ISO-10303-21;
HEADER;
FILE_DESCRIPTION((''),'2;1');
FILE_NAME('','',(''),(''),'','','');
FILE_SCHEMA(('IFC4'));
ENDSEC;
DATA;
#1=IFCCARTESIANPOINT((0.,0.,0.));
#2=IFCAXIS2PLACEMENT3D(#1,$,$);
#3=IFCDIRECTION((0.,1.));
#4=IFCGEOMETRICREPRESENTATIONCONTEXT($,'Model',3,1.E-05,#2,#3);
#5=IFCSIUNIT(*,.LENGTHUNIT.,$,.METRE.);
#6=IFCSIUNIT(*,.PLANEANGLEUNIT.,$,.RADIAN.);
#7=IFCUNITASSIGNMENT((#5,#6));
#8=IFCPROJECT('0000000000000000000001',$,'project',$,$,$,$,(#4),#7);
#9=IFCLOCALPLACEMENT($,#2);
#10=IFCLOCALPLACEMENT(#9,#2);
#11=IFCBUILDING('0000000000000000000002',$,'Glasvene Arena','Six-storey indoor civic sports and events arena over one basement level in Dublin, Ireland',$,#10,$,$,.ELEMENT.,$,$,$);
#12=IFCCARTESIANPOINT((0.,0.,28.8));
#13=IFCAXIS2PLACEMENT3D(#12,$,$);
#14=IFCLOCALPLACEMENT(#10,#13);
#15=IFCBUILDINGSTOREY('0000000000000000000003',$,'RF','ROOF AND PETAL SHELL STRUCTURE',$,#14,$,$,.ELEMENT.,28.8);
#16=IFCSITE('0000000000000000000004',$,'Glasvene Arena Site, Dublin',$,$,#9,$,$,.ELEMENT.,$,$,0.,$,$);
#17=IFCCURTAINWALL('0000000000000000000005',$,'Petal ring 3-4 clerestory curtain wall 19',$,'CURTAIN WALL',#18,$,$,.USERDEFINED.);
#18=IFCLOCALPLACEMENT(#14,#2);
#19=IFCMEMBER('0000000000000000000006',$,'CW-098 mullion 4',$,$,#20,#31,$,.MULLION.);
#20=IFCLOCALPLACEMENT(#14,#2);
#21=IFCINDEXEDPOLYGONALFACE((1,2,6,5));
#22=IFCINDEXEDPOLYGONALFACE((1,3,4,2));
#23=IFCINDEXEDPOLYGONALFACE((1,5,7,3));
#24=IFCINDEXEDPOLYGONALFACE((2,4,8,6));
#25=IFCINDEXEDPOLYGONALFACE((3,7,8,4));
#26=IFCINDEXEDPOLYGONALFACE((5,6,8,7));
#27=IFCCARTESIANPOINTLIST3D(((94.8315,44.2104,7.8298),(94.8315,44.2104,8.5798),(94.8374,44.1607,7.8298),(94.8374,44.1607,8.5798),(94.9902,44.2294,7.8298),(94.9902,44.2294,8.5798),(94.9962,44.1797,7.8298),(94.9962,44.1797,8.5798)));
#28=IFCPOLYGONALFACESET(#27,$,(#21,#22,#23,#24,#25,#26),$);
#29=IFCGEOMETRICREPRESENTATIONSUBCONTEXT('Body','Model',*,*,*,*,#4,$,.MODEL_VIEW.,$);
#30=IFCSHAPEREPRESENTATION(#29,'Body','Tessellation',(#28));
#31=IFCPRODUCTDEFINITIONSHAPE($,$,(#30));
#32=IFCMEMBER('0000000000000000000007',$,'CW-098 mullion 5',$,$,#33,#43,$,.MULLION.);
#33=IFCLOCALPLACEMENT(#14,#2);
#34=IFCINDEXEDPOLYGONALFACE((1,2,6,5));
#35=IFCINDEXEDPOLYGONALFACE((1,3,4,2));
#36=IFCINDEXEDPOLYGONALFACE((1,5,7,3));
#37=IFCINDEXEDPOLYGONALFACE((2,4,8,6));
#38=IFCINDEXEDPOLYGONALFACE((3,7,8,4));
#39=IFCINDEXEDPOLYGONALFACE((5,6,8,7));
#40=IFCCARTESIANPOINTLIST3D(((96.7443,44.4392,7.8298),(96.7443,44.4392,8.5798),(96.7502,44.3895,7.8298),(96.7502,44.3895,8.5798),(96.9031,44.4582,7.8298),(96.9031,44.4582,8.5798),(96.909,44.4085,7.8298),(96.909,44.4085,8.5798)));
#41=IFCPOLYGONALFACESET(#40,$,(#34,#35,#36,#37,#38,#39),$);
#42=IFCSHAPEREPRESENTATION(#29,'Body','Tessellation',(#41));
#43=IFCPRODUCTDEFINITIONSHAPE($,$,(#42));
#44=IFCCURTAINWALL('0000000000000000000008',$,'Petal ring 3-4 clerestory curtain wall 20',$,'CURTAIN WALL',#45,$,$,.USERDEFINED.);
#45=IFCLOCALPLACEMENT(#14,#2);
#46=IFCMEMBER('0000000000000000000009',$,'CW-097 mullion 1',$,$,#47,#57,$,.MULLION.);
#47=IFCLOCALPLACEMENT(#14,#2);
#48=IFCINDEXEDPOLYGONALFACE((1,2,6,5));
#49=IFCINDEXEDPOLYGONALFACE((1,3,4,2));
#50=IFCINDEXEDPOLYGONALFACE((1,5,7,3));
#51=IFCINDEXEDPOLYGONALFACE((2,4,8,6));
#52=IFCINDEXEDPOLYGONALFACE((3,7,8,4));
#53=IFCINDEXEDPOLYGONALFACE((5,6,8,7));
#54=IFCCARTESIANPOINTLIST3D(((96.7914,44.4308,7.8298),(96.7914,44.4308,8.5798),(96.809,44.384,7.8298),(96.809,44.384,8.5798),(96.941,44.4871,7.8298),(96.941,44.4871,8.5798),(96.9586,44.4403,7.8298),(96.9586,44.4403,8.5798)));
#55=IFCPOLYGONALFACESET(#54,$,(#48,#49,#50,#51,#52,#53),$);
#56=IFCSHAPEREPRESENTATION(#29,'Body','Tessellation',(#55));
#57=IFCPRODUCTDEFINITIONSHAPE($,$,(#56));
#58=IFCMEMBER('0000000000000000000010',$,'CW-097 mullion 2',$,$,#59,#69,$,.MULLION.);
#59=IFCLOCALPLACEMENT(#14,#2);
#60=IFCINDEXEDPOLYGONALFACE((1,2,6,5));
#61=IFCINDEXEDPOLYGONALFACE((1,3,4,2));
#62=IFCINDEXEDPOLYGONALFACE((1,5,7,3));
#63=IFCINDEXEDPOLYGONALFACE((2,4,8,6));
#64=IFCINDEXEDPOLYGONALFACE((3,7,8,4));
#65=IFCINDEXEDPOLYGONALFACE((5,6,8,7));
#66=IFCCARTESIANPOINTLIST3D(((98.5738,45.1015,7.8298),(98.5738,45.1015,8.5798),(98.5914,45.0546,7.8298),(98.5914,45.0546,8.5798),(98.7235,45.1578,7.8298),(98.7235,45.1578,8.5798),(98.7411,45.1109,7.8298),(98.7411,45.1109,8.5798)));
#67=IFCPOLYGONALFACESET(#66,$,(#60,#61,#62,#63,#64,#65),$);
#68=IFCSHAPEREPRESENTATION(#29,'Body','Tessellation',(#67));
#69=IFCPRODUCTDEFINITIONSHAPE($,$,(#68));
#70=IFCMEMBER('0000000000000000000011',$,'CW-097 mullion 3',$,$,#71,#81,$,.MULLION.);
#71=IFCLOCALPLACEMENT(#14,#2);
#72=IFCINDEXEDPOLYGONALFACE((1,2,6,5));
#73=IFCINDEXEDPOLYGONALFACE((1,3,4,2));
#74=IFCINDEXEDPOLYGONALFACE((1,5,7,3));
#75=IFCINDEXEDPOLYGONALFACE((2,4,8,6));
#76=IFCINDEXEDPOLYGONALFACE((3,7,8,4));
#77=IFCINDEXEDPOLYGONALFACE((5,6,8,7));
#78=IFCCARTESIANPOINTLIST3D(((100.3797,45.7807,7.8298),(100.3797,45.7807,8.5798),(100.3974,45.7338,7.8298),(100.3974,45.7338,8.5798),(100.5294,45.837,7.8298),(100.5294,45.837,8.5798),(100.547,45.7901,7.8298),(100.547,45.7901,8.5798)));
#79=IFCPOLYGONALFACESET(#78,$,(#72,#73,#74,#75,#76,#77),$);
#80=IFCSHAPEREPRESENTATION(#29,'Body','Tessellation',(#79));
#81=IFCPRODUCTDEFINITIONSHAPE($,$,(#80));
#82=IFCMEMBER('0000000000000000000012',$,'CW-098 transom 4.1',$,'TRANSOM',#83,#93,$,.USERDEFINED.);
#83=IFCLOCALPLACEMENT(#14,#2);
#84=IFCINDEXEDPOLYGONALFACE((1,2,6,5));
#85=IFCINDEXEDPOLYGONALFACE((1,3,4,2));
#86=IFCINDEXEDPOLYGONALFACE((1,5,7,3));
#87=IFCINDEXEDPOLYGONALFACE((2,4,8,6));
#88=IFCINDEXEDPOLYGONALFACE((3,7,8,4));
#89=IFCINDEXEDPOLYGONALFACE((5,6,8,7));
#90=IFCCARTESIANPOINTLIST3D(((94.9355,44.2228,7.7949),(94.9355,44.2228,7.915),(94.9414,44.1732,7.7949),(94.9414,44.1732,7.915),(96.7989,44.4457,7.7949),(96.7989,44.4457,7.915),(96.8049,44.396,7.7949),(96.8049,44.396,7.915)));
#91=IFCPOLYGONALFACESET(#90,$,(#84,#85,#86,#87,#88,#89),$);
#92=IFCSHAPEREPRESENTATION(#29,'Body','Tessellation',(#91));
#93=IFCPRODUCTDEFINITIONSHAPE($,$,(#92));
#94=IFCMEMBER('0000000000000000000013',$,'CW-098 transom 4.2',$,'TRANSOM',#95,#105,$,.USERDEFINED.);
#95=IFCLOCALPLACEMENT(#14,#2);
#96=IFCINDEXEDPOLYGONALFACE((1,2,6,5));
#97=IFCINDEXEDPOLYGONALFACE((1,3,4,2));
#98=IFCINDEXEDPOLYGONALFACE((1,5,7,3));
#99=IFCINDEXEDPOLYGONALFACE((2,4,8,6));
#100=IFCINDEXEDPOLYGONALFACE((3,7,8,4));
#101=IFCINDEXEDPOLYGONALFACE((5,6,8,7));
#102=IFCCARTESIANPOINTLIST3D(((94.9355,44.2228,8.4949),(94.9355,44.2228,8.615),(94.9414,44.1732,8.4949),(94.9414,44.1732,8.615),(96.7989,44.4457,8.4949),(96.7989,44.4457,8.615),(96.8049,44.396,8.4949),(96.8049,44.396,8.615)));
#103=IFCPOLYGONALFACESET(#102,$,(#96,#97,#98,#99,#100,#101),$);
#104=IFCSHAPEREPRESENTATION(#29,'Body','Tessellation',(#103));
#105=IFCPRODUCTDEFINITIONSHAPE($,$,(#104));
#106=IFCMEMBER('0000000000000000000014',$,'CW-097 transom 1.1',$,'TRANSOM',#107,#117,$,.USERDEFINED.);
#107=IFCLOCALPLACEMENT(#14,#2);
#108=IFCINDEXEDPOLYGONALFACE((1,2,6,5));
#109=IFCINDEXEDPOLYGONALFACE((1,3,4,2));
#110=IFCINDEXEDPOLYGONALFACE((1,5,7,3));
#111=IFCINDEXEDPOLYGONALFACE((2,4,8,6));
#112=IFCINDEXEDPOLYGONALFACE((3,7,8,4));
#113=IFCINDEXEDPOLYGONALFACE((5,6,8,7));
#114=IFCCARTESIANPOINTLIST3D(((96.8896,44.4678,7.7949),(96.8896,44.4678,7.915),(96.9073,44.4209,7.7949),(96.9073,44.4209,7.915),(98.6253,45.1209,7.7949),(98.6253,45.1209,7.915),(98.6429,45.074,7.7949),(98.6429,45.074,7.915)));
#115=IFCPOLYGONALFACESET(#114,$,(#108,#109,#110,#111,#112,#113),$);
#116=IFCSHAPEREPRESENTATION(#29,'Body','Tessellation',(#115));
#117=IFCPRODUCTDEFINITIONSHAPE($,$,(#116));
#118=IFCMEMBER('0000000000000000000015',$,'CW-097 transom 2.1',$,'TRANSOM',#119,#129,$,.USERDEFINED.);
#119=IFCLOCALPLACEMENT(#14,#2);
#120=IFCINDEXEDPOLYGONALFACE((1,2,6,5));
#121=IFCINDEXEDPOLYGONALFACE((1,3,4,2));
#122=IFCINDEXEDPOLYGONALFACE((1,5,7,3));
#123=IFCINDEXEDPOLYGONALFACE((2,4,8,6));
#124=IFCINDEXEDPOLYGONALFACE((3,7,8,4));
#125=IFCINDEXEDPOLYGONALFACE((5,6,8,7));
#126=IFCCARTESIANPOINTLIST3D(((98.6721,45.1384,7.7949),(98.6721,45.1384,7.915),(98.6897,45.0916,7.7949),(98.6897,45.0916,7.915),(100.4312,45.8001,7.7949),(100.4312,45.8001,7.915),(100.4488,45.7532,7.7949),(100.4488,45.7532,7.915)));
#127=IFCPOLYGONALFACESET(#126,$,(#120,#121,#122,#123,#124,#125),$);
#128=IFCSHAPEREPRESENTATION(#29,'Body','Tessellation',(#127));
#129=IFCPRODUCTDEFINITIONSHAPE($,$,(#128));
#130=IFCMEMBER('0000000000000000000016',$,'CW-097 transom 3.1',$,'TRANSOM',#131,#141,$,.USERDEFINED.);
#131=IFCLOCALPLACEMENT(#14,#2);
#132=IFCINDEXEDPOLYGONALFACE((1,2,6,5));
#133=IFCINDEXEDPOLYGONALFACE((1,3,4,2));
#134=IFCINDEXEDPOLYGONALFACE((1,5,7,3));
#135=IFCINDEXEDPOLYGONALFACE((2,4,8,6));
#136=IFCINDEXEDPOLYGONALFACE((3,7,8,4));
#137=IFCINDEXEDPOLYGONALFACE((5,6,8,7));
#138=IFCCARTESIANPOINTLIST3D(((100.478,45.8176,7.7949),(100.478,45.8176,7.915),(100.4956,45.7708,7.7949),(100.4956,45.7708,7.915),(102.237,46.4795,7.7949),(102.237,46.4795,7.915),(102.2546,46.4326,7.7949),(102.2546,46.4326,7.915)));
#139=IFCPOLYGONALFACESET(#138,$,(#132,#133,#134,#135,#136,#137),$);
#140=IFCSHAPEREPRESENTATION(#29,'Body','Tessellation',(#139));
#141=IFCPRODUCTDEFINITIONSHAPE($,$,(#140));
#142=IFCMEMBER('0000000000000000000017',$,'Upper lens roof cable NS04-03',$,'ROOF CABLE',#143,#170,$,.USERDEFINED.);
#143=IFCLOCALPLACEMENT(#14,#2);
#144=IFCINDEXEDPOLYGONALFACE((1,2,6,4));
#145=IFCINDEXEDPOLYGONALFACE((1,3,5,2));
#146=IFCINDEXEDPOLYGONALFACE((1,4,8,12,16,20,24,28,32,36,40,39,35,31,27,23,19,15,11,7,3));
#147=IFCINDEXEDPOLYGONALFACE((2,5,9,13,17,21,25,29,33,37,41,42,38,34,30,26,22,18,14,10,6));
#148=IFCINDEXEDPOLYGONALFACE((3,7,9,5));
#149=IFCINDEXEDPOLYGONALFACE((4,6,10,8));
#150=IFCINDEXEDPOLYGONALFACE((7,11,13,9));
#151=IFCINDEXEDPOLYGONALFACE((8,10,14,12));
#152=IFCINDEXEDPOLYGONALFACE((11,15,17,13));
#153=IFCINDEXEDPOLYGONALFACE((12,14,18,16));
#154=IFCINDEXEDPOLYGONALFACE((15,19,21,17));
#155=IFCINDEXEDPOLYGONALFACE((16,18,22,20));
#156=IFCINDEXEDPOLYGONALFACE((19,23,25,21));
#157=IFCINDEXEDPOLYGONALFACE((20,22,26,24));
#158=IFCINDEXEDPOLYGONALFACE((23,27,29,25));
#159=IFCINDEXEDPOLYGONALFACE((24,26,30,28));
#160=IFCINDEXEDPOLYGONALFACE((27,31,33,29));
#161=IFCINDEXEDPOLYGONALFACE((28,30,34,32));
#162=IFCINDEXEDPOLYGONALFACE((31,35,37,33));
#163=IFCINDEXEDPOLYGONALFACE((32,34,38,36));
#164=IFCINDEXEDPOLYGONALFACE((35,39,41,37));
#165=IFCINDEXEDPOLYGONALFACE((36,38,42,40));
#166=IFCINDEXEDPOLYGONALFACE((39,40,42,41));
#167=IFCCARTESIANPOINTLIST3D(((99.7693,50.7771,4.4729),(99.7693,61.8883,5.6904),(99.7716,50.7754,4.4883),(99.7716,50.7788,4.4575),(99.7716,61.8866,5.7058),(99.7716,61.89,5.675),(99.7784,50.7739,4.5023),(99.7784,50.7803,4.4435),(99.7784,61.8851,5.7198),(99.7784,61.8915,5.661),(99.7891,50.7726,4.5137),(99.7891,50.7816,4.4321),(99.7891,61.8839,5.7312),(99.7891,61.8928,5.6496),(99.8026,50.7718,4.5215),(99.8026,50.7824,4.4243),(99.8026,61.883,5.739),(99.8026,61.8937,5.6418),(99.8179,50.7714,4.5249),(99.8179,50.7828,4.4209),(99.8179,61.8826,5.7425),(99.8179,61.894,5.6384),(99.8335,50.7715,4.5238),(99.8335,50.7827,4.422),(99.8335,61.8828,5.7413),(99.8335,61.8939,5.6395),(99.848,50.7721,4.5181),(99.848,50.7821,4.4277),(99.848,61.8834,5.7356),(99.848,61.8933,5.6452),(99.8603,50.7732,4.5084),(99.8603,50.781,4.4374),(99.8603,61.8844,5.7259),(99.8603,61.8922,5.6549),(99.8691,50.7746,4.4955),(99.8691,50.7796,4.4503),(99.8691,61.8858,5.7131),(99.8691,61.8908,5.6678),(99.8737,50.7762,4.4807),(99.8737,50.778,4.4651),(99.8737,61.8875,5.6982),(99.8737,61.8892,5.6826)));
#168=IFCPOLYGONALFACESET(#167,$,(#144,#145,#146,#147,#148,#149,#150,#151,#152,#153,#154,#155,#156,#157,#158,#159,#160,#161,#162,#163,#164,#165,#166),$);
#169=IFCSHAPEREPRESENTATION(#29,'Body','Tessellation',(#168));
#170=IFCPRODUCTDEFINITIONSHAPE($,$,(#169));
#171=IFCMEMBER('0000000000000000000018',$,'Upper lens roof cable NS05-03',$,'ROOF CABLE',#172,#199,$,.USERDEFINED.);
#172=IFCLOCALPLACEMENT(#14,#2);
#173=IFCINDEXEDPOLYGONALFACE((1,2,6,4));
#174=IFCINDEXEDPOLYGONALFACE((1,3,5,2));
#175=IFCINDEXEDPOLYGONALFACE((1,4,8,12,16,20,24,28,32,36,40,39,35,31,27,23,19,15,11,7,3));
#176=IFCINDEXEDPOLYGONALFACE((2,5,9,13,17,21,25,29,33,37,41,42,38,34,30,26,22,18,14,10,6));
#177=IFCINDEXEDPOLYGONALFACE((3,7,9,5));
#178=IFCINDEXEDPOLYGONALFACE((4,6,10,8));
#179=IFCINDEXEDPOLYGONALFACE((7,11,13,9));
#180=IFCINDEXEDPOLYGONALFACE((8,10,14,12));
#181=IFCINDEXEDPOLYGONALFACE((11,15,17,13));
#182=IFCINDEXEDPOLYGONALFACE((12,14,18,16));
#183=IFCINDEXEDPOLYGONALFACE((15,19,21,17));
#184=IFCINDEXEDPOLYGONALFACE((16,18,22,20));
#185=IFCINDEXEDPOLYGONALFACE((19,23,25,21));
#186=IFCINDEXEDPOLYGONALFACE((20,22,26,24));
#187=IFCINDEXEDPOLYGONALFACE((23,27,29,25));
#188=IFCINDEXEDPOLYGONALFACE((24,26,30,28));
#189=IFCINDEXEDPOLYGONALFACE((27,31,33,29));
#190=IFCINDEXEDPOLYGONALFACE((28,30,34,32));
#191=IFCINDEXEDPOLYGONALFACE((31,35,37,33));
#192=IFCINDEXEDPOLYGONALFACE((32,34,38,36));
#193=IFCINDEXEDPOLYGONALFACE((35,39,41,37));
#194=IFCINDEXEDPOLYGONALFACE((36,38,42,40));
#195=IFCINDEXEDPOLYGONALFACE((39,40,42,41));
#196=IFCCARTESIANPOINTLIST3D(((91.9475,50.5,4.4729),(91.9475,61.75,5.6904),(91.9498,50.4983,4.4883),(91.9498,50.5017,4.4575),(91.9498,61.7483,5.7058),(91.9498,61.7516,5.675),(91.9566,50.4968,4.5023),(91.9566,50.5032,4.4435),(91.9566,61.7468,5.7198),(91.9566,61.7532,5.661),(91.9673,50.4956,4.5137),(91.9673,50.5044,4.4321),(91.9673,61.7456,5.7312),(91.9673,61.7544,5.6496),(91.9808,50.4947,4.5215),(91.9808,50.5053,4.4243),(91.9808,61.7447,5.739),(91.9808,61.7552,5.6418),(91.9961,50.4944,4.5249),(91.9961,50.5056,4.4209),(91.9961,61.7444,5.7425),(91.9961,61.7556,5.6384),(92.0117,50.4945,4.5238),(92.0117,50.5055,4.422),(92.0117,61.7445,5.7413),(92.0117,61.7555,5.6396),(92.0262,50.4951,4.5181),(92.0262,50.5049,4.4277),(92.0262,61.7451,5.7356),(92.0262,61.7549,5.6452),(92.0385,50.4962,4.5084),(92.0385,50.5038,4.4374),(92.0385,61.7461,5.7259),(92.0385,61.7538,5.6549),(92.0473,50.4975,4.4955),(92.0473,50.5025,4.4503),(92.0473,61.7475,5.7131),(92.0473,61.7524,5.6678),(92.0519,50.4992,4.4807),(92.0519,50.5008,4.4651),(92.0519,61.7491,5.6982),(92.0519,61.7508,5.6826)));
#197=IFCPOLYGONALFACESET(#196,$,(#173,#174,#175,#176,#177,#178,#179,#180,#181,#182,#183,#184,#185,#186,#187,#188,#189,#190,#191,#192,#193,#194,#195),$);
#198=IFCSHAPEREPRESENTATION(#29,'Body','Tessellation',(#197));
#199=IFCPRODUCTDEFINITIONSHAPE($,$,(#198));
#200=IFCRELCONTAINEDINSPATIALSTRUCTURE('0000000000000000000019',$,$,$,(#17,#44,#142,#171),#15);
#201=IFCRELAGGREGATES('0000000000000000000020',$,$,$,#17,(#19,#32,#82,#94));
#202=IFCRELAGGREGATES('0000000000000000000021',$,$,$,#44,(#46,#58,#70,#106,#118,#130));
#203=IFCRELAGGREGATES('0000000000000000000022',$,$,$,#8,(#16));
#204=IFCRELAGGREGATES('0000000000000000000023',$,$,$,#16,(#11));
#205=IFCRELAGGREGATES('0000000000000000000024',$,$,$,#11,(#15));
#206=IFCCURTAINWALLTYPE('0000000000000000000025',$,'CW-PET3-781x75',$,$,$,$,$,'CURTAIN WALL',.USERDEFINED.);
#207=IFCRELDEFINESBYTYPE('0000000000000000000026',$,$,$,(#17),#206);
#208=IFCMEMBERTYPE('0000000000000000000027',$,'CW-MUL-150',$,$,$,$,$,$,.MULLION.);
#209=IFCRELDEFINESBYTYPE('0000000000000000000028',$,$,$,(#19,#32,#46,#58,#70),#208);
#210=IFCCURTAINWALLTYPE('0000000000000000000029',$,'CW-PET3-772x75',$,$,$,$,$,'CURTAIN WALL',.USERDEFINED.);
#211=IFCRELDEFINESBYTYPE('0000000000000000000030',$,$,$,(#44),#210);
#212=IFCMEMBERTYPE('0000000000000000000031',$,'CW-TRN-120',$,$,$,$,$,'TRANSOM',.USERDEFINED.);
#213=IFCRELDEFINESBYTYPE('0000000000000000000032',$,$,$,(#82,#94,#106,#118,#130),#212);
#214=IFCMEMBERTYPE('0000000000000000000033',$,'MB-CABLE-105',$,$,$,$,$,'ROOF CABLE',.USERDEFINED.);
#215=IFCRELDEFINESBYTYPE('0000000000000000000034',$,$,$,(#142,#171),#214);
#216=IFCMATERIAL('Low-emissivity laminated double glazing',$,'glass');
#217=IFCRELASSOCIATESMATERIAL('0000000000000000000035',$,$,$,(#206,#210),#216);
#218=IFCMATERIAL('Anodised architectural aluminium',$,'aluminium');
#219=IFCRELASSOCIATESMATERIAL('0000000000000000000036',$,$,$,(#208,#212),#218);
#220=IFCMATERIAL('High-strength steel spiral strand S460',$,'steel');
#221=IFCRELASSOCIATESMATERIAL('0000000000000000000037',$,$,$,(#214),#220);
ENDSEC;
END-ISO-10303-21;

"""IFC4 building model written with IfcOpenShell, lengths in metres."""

from ifc_helpers import new_model, si_unit, direction, frame, origin, origin_2d, place, context, subcontext, project, spatial, rectangle, circle, extrude, material, material_profile, profile_set, type_object, element, aggregate, save


model = new_model("IFC4")

# Units and contexts
model_context = context("Model", 3, precision=1e-05, world=origin(), true_north=direction((0.0, 1.0)))
body_context = subcontext(model_context, "Body", "Model", "MODEL_VIEW")
ifc_project = project(units=[si_unit("LENGTHUNIT", "METRE"), si_unit("PLANEANGLEUNIT", "RADIAN")], contexts=[model_context])

# Site, building, storey
site_placement = place(None, origin())
site = spatial("IfcSite", under=ifc_project, at=site_placement, Name="Glasvene Arena Site, Dublin", CompositionType="ELEMENT", RefElevation=0.0)
building_placement = place(site_placement, origin())
building = spatial("IfcBuilding", under=site, at=building_placement, Name="Glasvene Arena", Description="Six-storey indoor civic sports and events arena over one basement level in Dublin, Ireland", CompositionType="ELEMENT")
storey_placement = place(building_placement, frame((0.0, 0.0, 28.8)))
storey = spatial("IfcBuildingStorey", under=building, at=storey_placement, Name="RF", Description="ROOF AND PETAL SHELL STRUCTURE", CompositionType="ELEMENT", Elevation=28.8)

# Curtain walls, members
ifc_material_1 = material(Name="Low-emissivity laminated double glazing", Category="glass")
curtain_wall_type_1 = type_object("IfcCurtainWallType", Name="CW-PET3-781x75", ElementType="CURTAIN WALL", PredefinedType="USERDEFINED", material=ifc_material_1)
curtain_wall_1_placement = place(storey_placement, frame((89.1001, 43.5, 0.0)))
curtain_wall_1 = element("IfcCurtainWall", 1, at=curtain_wall_1_placement, inside=storey, type_object=curtain_wall_type_1, Name="Petal ring 3-4 clerestory curtain wall 19", ObjectType="CURTAIN WALL", PredefinedType="USERDEFINED")
ifc_material_2 = material(Name="Anodised architectural aluminium", Category="aluminium")
ifc_material_profile_1 = material_profile(ifc_material_2, rectangle(XDim=0.05, YDim=0.1599, at=origin_2d()), Name="ALU MULLION 50x160")
ifc_profile_set_1 = profile_set([ifc_material_profile_1], Name="Anodised architectural aluminium")
member_type_1 = type_object("IfcMemberType", Name="CW-MUL-150", PredefinedType="MULLION", material=ifc_profile_set_1)
member_1_placement = place(storey_placement, frame((94.9138, 44.1951, 7.8298), z_axis=(0.0, 0.0, 1.0), x_axis=(-0.118717, 0.992928, 0.0)))
member_1 = element("IfcMember", 2, at=member_1_placement, type_object=member_type_1, Name="CW-098 mullion 4", PredefinedType="MULLION", context=body_context, shape_type="SweptSolid", body=[
    extrude(rectangle(XDim=0.05, YDim=0.1599, at=origin_2d()), origin(), (0.0, 0.0, 1.0), 0.75),
])
member_2_placement = place(storey_placement, frame((96.8267, 44.4238, 7.8298), z_axis=(0.0, 0.0, 1.0), x_axis=(-0.118717, 0.992928, 0.0)))
member_2 = element("IfcMember", 3, at=member_2_placement, type_object=member_type_1, Name="CW-098 mullion 5", PredefinedType="MULLION", context=body_context, shape_type="SweptSolid", body=[
    extrude(rectangle(XDim=0.05, YDim=0.1599, at=origin_2d()), origin(), (0.0, 0.0, 1.0), 0.75),
])
curtain_wall_type_2 = type_object("IfcCurtainWallType", Name="CW-PET3-772x75", ElementType="CURTAIN WALL", PredefinedType="USERDEFINED", material=ifc_material_1)
curtain_wall_2_placement = place(storey_placement, frame((96.8516, 44.4268, 0.0)))
curtain_wall_2 = element("IfcCurtainWall", 4, at=curtain_wall_2_placement, inside=storey, type_object=curtain_wall_type_2, Name="Petal ring 3-4 clerestory curtain wall 20", ObjectType="CURTAIN WALL", PredefinedType="USERDEFINED")
member_3_placement = place(storey_placement, frame((96.875, 44.4355, 7.8298), z_axis=(0.0, 0.0, 1.0), x_axis=(-0.352092, 0.935966, 0.0)))
member_3 = element("IfcMember", 5, at=member_3_placement, type_object=member_type_1, Name="CW-097 mullion 1", PredefinedType="MULLION", context=body_context, shape_type="SweptSolid", body=[
    extrude(rectangle(XDim=0.05, YDim=0.1599, at=origin_2d()), origin(), (0.0, 0.0, 1.0), 0.75),
])
member_4_placement = place(storey_placement, frame((98.6575, 45.1062, 7.8298), z_axis=(0.0, 0.0, 1.0), x_axis=(-0.352092, 0.935966, 0.0)))
member_4 = element("IfcMember", 6, at=member_4_placement, type_object=member_type_1, Name="CW-097 mullion 2", PredefinedType="MULLION", context=body_context, shape_type="SweptSolid", body=[
    extrude(rectangle(XDim=0.05, YDim=0.1599, at=origin_2d()), origin(), (0.0, 0.0, 1.0), 0.75),
])
member_5_placement = place(storey_placement, frame((100.4634, 45.7854, 7.8298), z_axis=(0.0, 0.0, 1.0), x_axis=(-0.352092, 0.935966, 0.0)))
member_5 = element("IfcMember", 7, at=member_5_placement, type_object=member_type_1, Name="CW-097 mullion 3", PredefinedType="MULLION", context=body_context, shape_type="SweptSolid", body=[
    extrude(rectangle(XDim=0.05, YDim=0.1599, at=origin_2d()), origin(), (0.0, 0.0, 1.0), 0.75),
])

# Members
ifc_material_profile_2 = material_profile(ifc_material_2, rectangle(XDim=0.05, YDim=0.1201, at=origin_2d()), Name="ALU TRANSOM 50x120")
ifc_profile_set_2 = profile_set([ifc_material_profile_2], Name="Anodised architectural aluminium")
member_type_2 = type_object("IfcMemberType", Name="CW-TRN-120", ElementType="TRANSOM", PredefinedType="USERDEFINED", material=ifc_profile_set_2)
member_6_placement = place(storey_placement, frame((94.9385, 44.198, 7.855), z_axis=(0.992922, 0.118766, 0.0), x_axis=(-0.118766, 0.992922, 0.0)))
member_6 = element("IfcMember", 8, at=member_6_placement, type_object=member_type_2, Name="CW-098 transom 4.1", ObjectType="TRANSOM", PredefinedType="USERDEFINED", context=body_context, shape_type="SweptSolid", body=[
    extrude(rectangle(XDim=0.05, YDim=0.1201, at=origin_2d()), origin(), (0.0, 0.0, 1.0), 1.8767),
])
member_7_placement = place(storey_placement, frame((94.9385, 44.198, 8.5549), z_axis=(0.992922, 0.118766, 0.0), x_axis=(-0.118766, 0.992922, 0.0)))
member_7 = element("IfcMember", 9, at=member_7_placement, type_object=member_type_2, Name="CW-098 transom 4.2", ObjectType="TRANSOM", PredefinedType="USERDEFINED", context=body_context, shape_type="SweptSolid", body=[
    extrude(rectangle(XDim=0.05, YDim=0.1201, at=origin_2d()), origin(), (0.0, 0.0, 1.0), 1.8767),
])
member_8_placement = place(storey_placement, frame((96.8984, 44.4443, 7.855), z_axis=(0.935934, 0.352176, 0.0), x_axis=(-0.352176, 0.935934, 0.0)))
member_8 = element("IfcMember", 10, at=member_8_placement, type_object=member_type_2, Name="CW-097 transom 1.1", ObjectType="TRANSOM", PredefinedType="USERDEFINED", context=body_context, shape_type="SweptSolid", body=[
    extrude(rectangle(XDim=0.05, YDim=0.1201, at=origin_2d()), origin(), (0.0, 0.0, 1.0), 1.8545),
])
member_9_placement = place(storey_placement, frame((98.6809, 45.115, 7.855), z_axis=(0.935982, 0.352049, 0.0), x_axis=(-0.352049, 0.935982, 0.0)))
member_9 = element("IfcMember", 11, at=member_9_placement, type_object=member_type_2, Name="CW-097 transom 2.1", ObjectType="TRANSOM", PredefinedType="USERDEFINED", context=body_context, shape_type="SweptSolid", body=[
    extrude(rectangle(XDim=0.05, YDim=0.1201, at=origin_2d()), origin(), (0.0, 0.0, 1.0), 1.8794),
])
member_10_placement = place(storey_placement, frame((100.4868, 45.7942, 7.855), z_axis=(0.935939, 0.352162, 0.0), x_axis=(-0.352162, 0.935939, 0.0)))
member_10 = element("IfcMember", 12, at=member_10_placement, type_object=member_type_2, Name="CW-097 transom 3.1", ObjectType="TRANSOM", PredefinedType="USERDEFINED", context=body_context, shape_type="SweptSolid", body=[
    extrude(rectangle(XDim=0.05, YDim=0.1201, at=origin_2d()), origin(), (0.0, 0.0, 1.0), 1.8794),
])

# Members
ifc_material_3 = material(Name="High-strength steel spiral strand S460", Category="steel")
ifc_material_profile_3 = material_profile(ifc_material_3, circle(Radius=0.0525, at=origin_2d()), Name="LCSS D105")
ifc_profile_set_3 = profile_set([ifc_material_profile_3], Name="High-strength steel spiral strand S460")
member_type_3 = type_object("IfcMemberType", Name="MB-CABLE-105", ElementType="ROOF CABLE", PredefinedType="USERDEFINED", material=ifc_profile_set_3)
member_11_placement = place(storey_placement, frame((99.8218, 50.7771, 4.4729), z_axis=(0.0, 0.99405, 0.108924), x_axis=(-1.0, 0.0, 0.0)))
element("IfcMember", 13, at=member_11_placement, inside=storey, type_object=member_type_3, Name="Upper lens roof cable NS04-03", ObjectType="ROOF CABLE", PredefinedType="USERDEFINED", context=body_context, shape_type="SweptSolid", body=[
    extrude(circle(Radius=0.0525, at=origin_2d()), origin(), (0.0, 0.0, 1.0), 11.1777),
])
member_12_placement = place(storey_placement, frame((92.0, 50.5, 4.4729), z_axis=(0.0, 0.994195, 0.107597), x_axis=(-1.0, 0.0, 0.0)))
element("IfcMember", 14, at=member_12_placement, inside=storey, type_object=member_type_3, Name="Upper lens roof cable NS05-03", ObjectType="ROOF CABLE", PredefinedType="USERDEFINED", context=body_context, shape_type="SweptSolid", body=[
    extrude(circle(Radius=0.0525, at=origin_2d()), origin(), (0.0, 0.0, 1.0), 11.3157),
])

aggregate(curtain_wall_1, [member_1, member_2, member_6, member_7])
aggregate(curtain_wall_2, [member_3, member_4, member_5, member_8, member_9, member_10])

save(model, "model.ifc")
